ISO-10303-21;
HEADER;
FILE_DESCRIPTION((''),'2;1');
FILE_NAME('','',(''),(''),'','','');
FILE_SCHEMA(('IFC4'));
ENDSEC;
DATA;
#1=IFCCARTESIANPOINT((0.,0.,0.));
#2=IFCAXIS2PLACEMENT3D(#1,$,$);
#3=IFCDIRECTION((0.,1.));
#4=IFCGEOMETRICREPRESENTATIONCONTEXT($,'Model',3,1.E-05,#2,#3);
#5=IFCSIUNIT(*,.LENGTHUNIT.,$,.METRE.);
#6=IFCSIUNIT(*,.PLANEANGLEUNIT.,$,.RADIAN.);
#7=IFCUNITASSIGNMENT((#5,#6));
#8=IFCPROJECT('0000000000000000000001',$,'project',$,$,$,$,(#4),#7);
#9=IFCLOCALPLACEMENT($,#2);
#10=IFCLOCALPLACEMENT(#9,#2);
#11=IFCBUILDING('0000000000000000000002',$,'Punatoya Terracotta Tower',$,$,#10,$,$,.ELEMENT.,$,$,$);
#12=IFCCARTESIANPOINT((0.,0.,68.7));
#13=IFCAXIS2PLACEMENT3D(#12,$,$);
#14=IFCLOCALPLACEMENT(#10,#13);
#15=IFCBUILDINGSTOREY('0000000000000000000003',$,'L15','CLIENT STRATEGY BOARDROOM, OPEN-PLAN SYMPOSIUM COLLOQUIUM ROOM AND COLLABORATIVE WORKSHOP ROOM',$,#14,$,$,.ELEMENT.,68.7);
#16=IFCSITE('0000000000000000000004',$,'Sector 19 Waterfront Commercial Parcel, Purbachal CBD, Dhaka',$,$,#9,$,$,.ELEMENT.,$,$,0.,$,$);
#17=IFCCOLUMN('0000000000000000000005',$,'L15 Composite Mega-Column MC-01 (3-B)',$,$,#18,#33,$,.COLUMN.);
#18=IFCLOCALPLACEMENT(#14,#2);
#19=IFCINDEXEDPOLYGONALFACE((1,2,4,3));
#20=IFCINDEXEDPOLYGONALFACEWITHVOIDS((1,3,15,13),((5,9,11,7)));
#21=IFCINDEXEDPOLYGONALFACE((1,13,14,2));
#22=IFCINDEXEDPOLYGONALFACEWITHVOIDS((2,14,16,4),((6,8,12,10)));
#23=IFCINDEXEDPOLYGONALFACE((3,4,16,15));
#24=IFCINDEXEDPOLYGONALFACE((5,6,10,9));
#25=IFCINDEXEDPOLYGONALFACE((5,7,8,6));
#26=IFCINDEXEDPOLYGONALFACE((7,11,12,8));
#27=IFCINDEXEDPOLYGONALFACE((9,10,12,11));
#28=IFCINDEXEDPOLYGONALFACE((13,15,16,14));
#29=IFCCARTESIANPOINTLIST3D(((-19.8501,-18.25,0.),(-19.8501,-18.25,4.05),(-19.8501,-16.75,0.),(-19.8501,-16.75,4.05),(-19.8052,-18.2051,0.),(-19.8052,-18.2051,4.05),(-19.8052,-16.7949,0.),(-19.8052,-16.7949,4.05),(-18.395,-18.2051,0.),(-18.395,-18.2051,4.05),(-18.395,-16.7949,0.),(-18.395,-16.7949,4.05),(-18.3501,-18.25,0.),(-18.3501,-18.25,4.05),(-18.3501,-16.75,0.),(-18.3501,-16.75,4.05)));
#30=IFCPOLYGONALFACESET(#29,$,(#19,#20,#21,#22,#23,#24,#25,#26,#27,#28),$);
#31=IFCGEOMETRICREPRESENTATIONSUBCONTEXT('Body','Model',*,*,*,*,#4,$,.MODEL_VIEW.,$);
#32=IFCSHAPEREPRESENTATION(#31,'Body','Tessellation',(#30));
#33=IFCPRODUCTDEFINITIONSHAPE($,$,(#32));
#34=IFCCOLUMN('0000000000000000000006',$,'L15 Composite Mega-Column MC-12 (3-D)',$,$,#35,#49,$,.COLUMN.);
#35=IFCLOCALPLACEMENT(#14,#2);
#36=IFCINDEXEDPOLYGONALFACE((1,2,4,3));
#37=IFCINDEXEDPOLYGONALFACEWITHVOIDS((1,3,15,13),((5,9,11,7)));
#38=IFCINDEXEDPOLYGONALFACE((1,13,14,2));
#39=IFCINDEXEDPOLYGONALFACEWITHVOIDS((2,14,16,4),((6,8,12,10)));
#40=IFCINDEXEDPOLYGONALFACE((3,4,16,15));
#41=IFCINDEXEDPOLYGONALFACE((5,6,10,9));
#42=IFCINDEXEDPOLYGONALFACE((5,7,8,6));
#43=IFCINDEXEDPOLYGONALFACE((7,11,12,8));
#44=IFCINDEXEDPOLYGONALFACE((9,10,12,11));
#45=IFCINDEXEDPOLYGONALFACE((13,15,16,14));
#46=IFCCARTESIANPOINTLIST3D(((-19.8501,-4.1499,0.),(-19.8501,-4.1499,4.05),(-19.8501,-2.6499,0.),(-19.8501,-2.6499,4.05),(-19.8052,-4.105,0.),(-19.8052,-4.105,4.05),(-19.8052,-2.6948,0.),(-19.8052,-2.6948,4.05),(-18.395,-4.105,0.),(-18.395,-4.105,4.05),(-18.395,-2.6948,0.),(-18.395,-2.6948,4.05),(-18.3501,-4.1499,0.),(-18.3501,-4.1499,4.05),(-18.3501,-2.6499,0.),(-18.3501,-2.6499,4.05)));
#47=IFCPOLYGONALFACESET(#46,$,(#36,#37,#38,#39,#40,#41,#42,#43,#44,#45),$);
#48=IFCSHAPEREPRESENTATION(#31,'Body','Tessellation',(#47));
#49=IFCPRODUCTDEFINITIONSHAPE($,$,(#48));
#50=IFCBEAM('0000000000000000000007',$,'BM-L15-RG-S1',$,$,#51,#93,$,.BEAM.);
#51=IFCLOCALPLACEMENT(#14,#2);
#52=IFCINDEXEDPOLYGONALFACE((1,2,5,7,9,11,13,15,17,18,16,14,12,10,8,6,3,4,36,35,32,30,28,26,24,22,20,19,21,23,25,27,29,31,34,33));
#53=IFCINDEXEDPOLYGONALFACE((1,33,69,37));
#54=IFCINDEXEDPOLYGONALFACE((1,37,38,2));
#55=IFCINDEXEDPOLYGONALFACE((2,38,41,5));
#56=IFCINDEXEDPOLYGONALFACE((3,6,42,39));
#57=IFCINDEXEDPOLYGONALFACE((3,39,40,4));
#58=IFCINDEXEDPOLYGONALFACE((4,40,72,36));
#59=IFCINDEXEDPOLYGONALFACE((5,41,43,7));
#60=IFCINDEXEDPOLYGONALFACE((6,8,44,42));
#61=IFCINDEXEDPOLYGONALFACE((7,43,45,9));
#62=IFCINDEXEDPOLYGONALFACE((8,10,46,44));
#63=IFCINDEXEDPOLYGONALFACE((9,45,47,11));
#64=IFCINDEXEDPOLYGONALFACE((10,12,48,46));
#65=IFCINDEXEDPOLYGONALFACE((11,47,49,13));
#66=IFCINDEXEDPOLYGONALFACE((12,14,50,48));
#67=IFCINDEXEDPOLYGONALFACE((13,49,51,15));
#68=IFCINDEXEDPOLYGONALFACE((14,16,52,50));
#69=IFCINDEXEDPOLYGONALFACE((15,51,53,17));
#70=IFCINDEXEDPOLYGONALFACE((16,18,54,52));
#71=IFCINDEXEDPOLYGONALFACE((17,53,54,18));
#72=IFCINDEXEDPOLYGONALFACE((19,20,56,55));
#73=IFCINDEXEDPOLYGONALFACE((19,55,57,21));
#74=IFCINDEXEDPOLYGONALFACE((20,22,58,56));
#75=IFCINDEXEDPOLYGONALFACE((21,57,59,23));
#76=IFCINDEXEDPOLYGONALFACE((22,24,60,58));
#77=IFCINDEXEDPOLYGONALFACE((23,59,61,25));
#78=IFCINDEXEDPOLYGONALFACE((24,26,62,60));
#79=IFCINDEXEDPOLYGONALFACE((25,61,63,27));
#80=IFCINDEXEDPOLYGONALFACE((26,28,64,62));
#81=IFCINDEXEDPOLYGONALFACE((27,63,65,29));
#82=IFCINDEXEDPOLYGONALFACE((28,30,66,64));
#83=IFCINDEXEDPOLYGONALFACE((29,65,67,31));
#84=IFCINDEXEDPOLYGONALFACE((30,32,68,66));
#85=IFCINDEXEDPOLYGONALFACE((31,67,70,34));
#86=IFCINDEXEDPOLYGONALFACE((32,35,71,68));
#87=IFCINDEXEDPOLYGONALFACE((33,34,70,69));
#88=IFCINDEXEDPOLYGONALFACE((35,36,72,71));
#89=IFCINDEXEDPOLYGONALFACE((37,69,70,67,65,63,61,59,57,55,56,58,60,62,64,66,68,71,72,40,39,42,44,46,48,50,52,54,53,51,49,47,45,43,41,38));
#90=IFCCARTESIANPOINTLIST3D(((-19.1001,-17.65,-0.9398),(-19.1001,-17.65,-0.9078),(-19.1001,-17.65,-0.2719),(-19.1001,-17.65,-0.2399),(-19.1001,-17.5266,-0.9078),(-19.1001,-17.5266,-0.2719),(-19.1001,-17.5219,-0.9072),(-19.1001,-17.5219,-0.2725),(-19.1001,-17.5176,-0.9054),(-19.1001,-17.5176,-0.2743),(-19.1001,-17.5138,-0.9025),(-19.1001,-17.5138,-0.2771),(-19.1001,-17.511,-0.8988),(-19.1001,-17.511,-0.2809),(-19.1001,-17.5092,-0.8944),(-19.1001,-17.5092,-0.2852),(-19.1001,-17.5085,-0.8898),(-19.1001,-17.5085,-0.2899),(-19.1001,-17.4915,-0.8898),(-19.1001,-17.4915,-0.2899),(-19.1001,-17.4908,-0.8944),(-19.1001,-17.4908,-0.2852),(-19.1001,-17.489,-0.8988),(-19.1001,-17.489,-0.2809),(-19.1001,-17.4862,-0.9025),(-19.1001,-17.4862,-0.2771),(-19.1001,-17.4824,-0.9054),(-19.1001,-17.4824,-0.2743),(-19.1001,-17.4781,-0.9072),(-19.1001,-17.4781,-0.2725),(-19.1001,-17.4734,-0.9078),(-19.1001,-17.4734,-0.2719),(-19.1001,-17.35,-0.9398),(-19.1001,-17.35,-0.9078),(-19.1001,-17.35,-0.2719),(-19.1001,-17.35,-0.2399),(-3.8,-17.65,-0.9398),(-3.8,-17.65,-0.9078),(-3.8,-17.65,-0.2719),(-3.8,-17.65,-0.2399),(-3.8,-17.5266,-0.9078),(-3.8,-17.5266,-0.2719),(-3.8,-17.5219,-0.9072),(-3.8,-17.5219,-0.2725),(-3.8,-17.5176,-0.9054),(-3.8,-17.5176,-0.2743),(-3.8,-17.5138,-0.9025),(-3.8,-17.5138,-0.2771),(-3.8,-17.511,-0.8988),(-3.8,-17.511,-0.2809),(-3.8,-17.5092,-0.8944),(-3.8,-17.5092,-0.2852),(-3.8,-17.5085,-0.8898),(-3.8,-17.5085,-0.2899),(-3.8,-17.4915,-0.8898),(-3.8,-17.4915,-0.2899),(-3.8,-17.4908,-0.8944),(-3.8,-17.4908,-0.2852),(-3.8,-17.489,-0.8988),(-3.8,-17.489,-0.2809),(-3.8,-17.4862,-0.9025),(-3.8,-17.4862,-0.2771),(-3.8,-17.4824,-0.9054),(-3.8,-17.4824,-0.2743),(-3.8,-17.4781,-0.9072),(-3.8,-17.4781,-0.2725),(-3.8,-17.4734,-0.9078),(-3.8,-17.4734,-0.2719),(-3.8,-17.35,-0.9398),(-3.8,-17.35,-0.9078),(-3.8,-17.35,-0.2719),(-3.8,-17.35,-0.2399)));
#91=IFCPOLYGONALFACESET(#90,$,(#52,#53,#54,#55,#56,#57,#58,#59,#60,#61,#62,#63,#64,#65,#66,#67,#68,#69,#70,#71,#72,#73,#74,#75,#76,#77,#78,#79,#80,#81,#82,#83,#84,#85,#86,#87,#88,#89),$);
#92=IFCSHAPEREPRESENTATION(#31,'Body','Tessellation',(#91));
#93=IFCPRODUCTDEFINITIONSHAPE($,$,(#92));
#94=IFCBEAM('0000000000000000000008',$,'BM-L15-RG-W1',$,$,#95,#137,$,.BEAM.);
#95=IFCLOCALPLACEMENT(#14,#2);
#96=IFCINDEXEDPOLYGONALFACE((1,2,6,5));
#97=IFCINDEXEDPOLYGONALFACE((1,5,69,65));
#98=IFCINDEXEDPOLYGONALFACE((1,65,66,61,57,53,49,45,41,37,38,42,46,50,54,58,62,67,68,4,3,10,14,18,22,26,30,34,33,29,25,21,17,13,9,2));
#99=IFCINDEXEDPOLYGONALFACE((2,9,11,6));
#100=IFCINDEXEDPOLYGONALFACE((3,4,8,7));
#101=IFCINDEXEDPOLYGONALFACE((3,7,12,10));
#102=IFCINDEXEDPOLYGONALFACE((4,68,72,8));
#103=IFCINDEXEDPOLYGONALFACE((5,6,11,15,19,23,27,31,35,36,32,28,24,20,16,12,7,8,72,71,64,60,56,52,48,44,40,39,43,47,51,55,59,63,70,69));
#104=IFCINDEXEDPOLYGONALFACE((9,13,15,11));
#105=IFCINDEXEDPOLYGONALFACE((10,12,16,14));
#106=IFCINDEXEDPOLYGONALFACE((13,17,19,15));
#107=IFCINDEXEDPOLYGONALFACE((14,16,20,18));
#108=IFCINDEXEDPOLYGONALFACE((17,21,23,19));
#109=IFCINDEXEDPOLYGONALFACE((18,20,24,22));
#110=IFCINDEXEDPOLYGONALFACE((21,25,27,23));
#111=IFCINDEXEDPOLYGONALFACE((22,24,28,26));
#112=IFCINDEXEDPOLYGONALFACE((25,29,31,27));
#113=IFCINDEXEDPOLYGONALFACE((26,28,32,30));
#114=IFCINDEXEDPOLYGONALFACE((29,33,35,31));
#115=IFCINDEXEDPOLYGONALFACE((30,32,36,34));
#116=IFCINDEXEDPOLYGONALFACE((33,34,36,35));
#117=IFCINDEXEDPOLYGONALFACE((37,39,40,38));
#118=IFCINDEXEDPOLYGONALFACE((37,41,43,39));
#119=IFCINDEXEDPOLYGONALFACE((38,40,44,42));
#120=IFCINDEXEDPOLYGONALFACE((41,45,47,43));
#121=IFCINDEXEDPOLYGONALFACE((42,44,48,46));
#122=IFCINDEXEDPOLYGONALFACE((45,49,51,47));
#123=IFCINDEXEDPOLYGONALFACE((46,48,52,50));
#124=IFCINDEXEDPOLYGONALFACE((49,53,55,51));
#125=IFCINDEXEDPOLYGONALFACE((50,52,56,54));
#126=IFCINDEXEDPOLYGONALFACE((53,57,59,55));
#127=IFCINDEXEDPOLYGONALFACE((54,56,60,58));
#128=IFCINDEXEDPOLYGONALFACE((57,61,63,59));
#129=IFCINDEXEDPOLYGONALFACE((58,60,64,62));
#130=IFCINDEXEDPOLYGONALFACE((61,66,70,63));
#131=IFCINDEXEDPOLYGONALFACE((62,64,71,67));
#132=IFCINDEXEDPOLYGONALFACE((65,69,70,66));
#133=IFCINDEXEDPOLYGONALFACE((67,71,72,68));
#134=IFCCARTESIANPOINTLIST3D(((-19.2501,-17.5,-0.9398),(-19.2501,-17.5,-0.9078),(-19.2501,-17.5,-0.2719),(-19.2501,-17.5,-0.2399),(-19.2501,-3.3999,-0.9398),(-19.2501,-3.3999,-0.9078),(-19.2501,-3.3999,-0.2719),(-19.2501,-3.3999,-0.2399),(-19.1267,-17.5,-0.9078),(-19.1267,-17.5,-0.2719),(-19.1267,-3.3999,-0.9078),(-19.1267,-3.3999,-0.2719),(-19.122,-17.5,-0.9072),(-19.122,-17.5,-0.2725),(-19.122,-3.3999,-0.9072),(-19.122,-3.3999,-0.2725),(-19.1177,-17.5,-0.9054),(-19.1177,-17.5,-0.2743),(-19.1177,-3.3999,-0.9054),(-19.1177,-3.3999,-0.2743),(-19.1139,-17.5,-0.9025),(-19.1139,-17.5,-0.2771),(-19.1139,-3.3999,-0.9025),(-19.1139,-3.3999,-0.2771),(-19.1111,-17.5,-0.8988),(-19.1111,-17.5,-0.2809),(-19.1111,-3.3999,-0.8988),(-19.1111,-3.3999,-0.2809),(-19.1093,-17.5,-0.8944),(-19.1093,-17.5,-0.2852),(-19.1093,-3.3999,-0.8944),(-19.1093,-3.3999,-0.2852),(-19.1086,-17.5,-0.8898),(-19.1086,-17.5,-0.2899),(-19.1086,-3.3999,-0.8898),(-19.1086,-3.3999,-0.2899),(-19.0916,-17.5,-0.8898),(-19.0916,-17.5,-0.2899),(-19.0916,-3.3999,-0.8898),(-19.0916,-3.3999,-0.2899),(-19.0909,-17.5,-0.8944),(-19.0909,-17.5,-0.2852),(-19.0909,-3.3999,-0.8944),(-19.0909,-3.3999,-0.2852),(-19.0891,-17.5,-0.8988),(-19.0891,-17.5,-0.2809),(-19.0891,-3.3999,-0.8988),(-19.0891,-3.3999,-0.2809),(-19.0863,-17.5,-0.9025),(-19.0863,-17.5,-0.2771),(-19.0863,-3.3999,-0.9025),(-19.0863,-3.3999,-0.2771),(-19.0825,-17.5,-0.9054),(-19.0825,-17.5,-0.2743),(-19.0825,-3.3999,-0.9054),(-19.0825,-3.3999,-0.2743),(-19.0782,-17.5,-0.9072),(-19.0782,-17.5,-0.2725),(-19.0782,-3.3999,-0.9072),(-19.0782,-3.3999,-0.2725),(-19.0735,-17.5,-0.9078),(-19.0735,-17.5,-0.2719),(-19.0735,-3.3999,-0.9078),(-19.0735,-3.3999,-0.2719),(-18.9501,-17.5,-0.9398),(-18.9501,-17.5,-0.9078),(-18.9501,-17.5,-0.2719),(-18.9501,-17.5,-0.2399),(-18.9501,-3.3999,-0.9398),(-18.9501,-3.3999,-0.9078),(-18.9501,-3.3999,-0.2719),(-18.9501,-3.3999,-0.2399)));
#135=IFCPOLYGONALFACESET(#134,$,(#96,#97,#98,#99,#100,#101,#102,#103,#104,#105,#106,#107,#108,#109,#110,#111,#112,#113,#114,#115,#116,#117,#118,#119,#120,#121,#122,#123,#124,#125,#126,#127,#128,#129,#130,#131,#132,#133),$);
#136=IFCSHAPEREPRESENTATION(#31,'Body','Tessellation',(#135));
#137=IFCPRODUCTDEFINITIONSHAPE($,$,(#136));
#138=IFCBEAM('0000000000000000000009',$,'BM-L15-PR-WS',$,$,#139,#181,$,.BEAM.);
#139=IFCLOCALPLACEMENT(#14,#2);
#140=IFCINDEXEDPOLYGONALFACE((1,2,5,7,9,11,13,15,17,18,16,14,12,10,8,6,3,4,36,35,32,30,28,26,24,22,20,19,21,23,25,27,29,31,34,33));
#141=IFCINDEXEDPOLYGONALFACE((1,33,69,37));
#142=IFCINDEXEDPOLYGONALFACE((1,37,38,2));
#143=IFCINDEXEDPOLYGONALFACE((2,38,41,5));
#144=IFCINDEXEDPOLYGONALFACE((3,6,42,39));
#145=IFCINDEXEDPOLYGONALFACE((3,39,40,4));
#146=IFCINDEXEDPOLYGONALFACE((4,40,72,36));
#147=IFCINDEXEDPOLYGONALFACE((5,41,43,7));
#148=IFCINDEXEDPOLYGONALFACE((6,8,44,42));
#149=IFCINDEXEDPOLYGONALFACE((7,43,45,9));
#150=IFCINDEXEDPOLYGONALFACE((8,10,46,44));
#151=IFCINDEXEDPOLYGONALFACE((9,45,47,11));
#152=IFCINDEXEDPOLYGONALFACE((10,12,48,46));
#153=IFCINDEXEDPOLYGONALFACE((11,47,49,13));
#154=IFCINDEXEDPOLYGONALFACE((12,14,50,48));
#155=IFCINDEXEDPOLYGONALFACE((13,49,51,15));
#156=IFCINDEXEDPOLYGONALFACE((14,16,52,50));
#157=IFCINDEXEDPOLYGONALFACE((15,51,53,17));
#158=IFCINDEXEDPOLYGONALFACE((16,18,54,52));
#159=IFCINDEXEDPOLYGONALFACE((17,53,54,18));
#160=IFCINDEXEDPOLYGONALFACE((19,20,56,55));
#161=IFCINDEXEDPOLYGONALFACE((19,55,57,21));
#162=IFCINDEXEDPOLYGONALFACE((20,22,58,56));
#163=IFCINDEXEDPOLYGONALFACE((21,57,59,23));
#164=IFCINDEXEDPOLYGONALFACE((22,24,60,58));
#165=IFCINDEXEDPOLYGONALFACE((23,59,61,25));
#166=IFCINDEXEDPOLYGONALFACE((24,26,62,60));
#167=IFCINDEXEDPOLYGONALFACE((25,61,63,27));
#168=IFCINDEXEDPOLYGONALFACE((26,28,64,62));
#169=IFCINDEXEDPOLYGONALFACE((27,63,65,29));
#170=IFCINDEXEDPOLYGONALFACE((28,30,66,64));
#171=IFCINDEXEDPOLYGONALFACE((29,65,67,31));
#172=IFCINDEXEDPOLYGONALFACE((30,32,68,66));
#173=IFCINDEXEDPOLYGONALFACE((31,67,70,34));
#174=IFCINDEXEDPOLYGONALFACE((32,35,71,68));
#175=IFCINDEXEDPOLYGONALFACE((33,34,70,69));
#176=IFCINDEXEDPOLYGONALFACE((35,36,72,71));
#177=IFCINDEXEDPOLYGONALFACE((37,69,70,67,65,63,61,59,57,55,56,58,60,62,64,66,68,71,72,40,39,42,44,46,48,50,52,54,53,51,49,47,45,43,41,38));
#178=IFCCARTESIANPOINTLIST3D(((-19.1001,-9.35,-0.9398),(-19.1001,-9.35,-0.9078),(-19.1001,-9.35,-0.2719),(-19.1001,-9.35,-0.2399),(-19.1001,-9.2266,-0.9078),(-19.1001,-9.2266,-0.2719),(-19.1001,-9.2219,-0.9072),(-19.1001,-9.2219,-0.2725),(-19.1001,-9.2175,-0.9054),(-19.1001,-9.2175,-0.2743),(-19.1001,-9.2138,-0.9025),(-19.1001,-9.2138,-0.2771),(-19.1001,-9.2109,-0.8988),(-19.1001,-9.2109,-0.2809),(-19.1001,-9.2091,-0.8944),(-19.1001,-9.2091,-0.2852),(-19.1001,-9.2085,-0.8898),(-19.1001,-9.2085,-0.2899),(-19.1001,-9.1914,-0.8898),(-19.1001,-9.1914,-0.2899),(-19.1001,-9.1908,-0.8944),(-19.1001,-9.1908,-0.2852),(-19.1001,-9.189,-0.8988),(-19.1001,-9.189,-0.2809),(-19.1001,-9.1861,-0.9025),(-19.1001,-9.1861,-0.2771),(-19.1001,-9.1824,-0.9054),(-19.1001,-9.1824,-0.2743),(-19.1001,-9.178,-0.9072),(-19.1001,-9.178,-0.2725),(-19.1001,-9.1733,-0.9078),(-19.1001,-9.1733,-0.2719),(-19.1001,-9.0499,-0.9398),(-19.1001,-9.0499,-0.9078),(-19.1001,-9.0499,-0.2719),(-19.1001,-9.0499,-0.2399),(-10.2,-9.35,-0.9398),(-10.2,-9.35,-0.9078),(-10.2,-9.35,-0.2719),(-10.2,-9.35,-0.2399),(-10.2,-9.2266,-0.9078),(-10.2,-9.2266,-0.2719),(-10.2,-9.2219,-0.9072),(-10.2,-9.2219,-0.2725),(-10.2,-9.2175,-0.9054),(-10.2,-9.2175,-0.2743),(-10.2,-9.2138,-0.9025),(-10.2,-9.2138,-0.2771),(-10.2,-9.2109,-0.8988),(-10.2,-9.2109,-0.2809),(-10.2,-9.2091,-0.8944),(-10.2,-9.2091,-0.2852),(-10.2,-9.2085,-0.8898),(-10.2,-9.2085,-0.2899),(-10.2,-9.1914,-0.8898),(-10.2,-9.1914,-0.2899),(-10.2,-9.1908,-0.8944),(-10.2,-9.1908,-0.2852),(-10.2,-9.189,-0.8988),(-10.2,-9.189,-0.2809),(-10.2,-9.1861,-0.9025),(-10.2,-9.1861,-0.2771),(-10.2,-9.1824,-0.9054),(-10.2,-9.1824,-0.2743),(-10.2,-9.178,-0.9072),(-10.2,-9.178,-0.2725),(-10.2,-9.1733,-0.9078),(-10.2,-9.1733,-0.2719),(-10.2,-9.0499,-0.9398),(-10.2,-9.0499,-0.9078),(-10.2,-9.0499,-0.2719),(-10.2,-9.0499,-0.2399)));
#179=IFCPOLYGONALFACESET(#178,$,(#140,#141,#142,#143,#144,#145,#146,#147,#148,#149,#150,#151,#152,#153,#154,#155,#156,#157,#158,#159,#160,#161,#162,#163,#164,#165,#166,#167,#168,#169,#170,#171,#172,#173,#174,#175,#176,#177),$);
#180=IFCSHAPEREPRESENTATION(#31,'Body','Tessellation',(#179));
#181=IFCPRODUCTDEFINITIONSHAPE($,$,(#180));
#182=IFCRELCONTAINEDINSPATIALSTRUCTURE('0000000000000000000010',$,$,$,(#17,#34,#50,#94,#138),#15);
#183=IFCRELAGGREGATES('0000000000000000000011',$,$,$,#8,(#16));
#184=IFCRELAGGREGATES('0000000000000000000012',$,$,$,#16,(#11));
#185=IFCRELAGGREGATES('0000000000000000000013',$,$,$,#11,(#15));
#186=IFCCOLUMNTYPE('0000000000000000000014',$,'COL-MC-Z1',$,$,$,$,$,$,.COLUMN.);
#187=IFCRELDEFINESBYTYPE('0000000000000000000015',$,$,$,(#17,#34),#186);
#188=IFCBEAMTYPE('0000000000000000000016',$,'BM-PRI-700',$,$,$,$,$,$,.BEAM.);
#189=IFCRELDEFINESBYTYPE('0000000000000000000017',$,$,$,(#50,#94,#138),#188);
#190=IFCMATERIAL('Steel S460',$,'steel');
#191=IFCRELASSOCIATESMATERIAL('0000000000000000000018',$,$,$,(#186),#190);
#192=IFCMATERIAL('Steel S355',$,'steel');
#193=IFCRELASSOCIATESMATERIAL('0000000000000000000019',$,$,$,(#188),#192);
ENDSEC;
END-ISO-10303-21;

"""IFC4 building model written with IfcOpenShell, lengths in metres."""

from ifc_helpers import new_model, si_unit, direction, frame, origin, origin_2d, place, context, subcontext, project, spatial, hollow_rectangle, i_section, extrude, material, material_profile, profile_set, type_object, element, save


model = new_model("IFC4")

# Units and contexts
model_context = context("Model", 3, precision=1e-05, world=origin(), true_north=direction((0.0, 1.0)))
body_context = subcontext(model_context, "Body", "Model", "MODEL_VIEW")
ifc_project = project(units=[si_unit("LENGTHUNIT", "METRE"), si_unit("PLANEANGLEUNIT", "RADIAN")], contexts=[model_context])

# Site, building, storey
site_placement = place(None, origin())
site = spatial("IfcSite", under=ifc_project, at=site_placement, Name="Sector 19 Waterfront Commercial Parcel, Purbachal CBD, Dhaka", CompositionType="ELEMENT", RefElevation=0.0)
building_placement = place(site_placement, origin())
building = spatial("IfcBuilding", under=site, at=building_placement, Name="Punatoya Terracotta Tower", CompositionType="ELEMENT")
storey_placement = place(building_placement, frame((0.0, 0.0, 68.7)))
storey = spatial("IfcBuildingStorey", under=building, at=storey_placement, Name="L15", Description="CLIENT STRATEGY BOARDROOM, OPEN-PLAN SYMPOSIUM COLLOQUIUM ROOM AND COLLABORATIVE WORKSHOP ROOM", CompositionType="ELEMENT", Elevation=68.7)

# Columns
ifc_material_1 = material(Name="Steel S460", Category="steel")
ifc_material_profile_1 = material_profile(ifc_material_1, hollow_rectangle(XDim=1.5, YDim=1.5, WallThickness=0.0449, at=origin_2d()))
ifc_profile_set_1 = profile_set([ifc_material_profile_1], Name="Steel S460")
column_type = type_object("IfcColumnType", Name="COL-MC-Z1", PredefinedType="COLUMN", material=ifc_profile_set_1)
for number, where, z_axis, x_axis, name in (
    (1, (-19.1001, -17.5, 0.0), (0.0, 0.0, 1.0), (1.0, 0.0, 0.0), "L15 Composite Mega-Column MC-01 (3-B)"),
    (2, (-19.1001, -3.3999, 0.0), (0.0, 0.0, 1.0), (1.0, 0.0, 0.0), "L15 Composite Mega-Column MC-12 (3-D)"),
):
    element("IfcColumn", number, at=place(storey_placement, frame(where, z_axis=z_axis, x_axis=x_axis)), inside=storey, type_object=column_type, Name=name, PredefinedType="COLUMN", context=body_context, shape_type="SweptSolid", body=[
        extrude(hollow_rectangle(XDim=1.5, YDim=1.5, WallThickness=0.0449, at=origin_2d()), origin(), (0.0, 0.0, 1.0), 4.05),
    ])

# Beams
ifc_material_2 = material(Name="Steel S355", Category="steel")
ifc_material_profile_2 = material_profile(ifc_material_2, i_section(OverallWidth=0.3, OverallDepth=0.7, WebThickness=0.0171, FlangeThickness=0.032, FilletRadius=0.0181, at=origin_2d()))
ifc_profile_set_2 = profile_set([ifc_material_profile_2], Name="Steel S355")
beam_type_1 = type_object("IfcBeamType", Name="BM-PRI-700", PredefinedType="BEAM", material=ifc_profile_set_2)
beam_1_placement = place(storey_placement, frame((-19.1001, -17.5, -0.5898), z_axis=(1.0, 0.0, 0.0), x_axis=(0.0, 1.0, 0.0)))
element("IfcBeam", 3, at=beam_1_placement, inside=storey, type_object=beam_type_1, Name="BM-L15-RG-S1", PredefinedType="BEAM", context=body_context, shape_type="SweptSolid", body=[
    extrude(i_section(OverallWidth=0.3, OverallDepth=0.7, WebThickness=0.0171, FlangeThickness=0.032, FilletRadius=0.0181, at=origin_2d()), origin(), (0.0, 0.0, 1.0), 15.3),
])
beam_2_placement = place(storey_placement, frame((-19.1001, -17.5, -0.5898), z_axis=(0.0, 1.0, 0.0), x_axis=(-1.0, 0.0, 0.0)))
element("IfcBeam", 4, at=beam_2_placement, inside=storey, type_object=beam_type_1, Name="BM-L15-RG-W1", PredefinedType="BEAM", context=body_context, shape_type="SweptSolid", body=[
    extrude(i_section(OverallWidth=0.3, OverallDepth=0.7, WebThickness=0.0171, FlangeThickness=0.032, FilletRadius=0.0181, at=origin_2d()), origin(), (0.0, 0.0, 1.0), 14.1001),
])
beam_3_placement = place(storey_placement, frame((-19.1001, -9.2, -0.5898), z_axis=(1.0, 0.0, 0.0), x_axis=(0.0, 1.0, 0.0)))
element("IfcBeam", 5, at=beam_3_placement, inside=storey, type_object=beam_type_1, Name="BM-L15-PR-WS", PredefinedType="BEAM", context=body_context, shape_type="SweptSolid", body=[
    extrude(i_section(OverallWidth=0.3, OverallDepth=0.7, WebThickness=0.0171, FlangeThickness=0.032, FilletRadius=0.0181, at=origin_2d()), origin(), (0.0, 0.0, 1.0), 8.9001),
])

save(model, "model.ifc")
